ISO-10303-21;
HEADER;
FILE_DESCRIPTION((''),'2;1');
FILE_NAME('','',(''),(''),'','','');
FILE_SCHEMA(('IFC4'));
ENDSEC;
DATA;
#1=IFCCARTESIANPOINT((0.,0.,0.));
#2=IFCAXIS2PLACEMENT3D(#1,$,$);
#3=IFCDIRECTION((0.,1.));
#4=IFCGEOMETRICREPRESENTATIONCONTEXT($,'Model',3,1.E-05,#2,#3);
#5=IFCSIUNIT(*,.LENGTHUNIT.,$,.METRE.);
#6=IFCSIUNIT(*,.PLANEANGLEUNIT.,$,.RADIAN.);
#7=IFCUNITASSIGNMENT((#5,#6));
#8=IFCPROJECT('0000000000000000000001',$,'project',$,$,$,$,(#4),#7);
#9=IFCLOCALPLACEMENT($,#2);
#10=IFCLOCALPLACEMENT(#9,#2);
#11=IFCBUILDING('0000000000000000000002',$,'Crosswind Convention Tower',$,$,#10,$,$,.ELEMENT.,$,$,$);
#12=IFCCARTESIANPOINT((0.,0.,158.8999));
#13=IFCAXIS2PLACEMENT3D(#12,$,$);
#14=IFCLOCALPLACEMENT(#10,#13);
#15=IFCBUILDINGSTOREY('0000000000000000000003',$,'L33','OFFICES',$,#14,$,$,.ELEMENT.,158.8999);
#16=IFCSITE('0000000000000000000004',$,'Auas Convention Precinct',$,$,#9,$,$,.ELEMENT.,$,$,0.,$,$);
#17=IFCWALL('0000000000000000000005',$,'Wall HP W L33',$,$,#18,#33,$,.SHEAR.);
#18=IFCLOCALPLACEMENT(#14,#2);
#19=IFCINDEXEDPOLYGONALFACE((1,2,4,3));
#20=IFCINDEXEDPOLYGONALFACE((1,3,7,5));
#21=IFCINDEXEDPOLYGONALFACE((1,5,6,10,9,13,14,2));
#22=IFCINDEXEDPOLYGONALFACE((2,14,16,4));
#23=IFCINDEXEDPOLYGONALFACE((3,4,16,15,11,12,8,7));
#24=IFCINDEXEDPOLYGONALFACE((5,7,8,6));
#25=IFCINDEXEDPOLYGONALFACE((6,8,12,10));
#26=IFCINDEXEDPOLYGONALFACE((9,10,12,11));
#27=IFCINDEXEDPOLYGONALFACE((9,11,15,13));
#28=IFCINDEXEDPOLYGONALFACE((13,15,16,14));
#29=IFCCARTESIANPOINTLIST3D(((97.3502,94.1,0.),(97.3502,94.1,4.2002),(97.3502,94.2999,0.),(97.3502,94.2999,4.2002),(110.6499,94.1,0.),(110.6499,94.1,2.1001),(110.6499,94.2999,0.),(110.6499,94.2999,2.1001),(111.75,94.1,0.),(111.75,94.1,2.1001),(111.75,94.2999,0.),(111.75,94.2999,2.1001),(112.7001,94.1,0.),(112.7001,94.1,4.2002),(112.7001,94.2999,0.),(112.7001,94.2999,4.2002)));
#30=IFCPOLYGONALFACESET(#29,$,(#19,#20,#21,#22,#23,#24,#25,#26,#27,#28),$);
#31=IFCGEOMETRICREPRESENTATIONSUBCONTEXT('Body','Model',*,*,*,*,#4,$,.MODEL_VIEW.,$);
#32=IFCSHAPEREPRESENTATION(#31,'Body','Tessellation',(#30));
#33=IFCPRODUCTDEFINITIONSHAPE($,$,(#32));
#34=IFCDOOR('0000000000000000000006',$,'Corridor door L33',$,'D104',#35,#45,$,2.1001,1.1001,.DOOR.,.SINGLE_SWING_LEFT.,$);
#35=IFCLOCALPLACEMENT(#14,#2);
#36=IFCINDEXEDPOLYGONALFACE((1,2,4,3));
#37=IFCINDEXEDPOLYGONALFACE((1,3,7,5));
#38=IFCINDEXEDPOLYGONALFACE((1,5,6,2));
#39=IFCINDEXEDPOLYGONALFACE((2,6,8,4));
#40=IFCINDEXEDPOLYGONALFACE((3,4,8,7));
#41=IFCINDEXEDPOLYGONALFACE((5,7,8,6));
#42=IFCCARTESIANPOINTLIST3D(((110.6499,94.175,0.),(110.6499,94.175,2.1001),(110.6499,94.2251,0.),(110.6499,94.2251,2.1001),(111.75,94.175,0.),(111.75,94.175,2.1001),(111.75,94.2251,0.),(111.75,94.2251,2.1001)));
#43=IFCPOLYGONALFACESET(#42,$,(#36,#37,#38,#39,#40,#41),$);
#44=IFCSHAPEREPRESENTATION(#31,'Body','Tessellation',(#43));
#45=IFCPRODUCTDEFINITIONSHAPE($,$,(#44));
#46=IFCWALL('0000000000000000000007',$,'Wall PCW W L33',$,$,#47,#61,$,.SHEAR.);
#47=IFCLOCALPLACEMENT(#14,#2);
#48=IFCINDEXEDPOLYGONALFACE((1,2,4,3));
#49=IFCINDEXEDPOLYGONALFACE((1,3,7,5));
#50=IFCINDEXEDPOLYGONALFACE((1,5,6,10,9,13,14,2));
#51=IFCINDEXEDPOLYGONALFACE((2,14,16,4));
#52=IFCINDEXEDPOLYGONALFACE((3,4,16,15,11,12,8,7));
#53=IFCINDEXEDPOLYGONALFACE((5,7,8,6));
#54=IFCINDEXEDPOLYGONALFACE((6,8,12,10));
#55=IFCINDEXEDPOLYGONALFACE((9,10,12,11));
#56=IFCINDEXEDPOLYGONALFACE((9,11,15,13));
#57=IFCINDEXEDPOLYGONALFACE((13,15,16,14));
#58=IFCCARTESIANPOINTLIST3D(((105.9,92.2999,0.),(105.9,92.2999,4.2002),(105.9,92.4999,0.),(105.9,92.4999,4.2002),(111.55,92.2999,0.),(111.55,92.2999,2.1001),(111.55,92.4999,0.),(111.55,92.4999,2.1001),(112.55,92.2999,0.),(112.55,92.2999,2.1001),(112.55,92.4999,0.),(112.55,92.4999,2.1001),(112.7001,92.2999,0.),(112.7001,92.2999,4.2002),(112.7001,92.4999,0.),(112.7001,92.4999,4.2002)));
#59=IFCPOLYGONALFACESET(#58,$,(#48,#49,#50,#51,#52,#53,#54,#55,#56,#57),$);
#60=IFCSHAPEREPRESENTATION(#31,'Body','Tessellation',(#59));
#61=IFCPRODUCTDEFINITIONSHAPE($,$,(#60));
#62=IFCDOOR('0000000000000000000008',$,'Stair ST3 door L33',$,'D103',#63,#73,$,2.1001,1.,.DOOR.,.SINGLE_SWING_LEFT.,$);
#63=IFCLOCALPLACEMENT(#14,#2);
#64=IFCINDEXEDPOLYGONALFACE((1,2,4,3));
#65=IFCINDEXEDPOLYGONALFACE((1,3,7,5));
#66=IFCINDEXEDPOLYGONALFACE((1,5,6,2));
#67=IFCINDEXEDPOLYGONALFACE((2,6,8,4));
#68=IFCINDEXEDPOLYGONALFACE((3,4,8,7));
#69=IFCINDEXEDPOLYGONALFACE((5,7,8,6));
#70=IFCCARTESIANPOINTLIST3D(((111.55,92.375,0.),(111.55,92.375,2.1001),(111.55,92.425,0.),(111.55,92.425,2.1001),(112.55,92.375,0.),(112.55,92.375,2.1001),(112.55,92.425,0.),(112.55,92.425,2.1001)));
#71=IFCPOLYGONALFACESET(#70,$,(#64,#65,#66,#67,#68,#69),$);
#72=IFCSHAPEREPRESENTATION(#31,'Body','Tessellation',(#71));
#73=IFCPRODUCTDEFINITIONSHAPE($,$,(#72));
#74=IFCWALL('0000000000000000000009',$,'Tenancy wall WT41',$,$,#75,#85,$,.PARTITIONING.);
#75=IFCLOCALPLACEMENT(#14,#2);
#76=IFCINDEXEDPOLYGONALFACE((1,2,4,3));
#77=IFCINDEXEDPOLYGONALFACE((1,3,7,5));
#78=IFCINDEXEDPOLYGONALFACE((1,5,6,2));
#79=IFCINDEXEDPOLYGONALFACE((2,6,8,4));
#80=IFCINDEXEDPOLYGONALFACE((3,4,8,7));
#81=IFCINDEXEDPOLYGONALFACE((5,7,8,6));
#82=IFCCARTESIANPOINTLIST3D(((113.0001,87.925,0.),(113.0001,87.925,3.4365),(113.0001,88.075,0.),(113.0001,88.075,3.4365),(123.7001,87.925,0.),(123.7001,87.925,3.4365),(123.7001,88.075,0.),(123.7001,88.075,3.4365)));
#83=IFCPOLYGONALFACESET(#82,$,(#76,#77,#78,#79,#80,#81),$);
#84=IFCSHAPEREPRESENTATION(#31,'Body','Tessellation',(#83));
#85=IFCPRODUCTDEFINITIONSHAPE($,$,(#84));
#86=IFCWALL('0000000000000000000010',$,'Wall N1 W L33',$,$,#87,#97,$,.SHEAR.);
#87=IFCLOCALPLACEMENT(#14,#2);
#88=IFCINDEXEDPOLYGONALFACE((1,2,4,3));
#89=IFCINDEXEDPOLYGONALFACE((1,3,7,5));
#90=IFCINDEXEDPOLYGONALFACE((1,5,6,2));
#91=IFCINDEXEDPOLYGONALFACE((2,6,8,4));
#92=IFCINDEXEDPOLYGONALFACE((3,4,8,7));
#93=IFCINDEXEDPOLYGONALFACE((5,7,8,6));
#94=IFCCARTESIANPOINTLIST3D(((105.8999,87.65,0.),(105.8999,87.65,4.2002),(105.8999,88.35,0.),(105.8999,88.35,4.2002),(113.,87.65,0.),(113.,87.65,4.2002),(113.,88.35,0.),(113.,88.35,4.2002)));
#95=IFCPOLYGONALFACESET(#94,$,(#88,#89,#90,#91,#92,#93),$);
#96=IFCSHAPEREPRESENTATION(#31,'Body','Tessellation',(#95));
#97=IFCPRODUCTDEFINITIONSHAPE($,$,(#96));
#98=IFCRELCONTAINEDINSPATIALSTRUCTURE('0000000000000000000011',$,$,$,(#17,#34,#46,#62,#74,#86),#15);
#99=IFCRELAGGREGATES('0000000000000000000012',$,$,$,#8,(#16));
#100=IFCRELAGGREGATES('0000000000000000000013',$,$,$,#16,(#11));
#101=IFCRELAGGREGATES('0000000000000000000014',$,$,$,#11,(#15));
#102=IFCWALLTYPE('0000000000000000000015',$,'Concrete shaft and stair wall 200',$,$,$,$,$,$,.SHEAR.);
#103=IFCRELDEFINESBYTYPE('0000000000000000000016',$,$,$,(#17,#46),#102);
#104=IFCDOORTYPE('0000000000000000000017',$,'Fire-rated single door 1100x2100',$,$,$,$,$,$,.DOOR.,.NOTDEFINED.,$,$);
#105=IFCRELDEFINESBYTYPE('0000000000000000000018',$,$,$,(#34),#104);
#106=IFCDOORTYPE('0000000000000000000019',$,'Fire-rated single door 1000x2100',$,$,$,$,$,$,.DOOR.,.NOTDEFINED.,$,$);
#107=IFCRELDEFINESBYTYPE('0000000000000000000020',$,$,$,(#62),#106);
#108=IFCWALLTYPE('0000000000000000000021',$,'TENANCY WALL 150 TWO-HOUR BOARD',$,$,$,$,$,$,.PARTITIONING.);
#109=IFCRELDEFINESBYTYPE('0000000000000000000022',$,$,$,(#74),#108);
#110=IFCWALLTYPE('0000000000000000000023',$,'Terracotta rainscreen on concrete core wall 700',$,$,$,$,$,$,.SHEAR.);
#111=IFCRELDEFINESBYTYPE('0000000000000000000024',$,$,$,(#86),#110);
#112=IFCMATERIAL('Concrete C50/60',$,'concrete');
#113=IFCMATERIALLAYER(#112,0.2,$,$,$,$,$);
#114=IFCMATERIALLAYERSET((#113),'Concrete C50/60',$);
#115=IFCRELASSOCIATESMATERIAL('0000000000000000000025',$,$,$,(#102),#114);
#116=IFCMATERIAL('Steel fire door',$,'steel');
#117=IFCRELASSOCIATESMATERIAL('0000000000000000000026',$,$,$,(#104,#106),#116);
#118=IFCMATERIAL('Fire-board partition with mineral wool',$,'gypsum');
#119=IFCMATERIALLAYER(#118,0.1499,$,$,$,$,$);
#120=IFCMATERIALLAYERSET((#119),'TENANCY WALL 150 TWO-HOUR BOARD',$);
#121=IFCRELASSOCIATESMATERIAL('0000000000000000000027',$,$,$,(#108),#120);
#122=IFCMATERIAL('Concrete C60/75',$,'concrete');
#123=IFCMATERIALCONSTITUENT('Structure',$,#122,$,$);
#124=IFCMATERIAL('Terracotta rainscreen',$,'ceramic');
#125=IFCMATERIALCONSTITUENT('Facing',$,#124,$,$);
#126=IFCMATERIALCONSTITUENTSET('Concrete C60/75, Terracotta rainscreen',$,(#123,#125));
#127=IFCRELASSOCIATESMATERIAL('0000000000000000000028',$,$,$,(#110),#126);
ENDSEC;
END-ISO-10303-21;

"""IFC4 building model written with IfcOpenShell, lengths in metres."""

from ifc_helpers import new_model, si_unit, direction, frame, frame_2d, origin, place, context, subcontext, project, spatial, rectangle, extrude, material, layer, layer_set, constituent, constituent_set, type_object, element, fill, save


model = new_model("IFC4")

# Units and contexts
model_context = context("Model", 3, precision=1e-05, world=origin(), true_north=direction((0.0, 1.0)))
body_context = subcontext(model_context, "Body", "Model", "MODEL_VIEW")
ifc_project = project(units=[si_unit("LENGTHUNIT", "METRE"), si_unit("PLANEANGLEUNIT", "RADIAN")], contexts=[model_context])

# Site, building, storey
site_placement = place(None, origin())
site = spatial("IfcSite", under=ifc_project, at=site_placement, Name="Auas Convention Precinct", CompositionType="ELEMENT", RefElevation=0.0)
building_placement = place(site_placement, origin())
building = spatial("IfcBuilding", under=site, at=building_placement, Name="Crosswind Convention Tower", CompositionType="ELEMENT")
storey_placement = place(building_placement, frame((0.0, 0.0, 158.8999)))
storey = spatial("IfcBuildingStorey", under=building, at=storey_placement, Name="L33", Description="OFFICES", CompositionType="ELEMENT", Elevation=158.8999)

# Shared definitions
ifc_material_1 = material(Name="Concrete C50/60", Category="concrete")

# Walls, openings, doors
ifc_layer_1 = layer(ifc_material_1, 0.2)
ifc_layer_set_1 = layer_set([ifc_layer_1], Name="Concrete C50/60")
wall_type_1 = type_object("IfcWallType", Name="Concrete shaft and stair wall 200", PredefinedType="SHEAR", material=ifc_layer_set_1)
wall_1_placement = place(storey_placement, frame((112.7, 94.2, 0.0), z_axis=(0.0, 0.0, 1.0), x_axis=(-1.0, 0.0, 0.0)))
wall_1 = element("IfcWall", 1, at=wall_1_placement, inside=storey, type_object=wall_type_1, Name="Wall HP W L33", PredefinedType="SHEAR", context=body_context, shape_type="SweptSolid", body=[
    extrude(rectangle(XDim=15.3499, YDim=0.2, at=frame_2d((7.6748, 0.0))), origin(), (0.0, 0.0, 1.0), 4.2002),
])
opening_1_placement = place(wall_1_placement, frame((0.95, 0.0, 0.0)))
opening_1 = element("IfcOpeningElement", 2, at=opening_1_placement, cuts=wall_1, PredefinedType="OPENING", context=body_context, shape_type="SweptSolid", body=[
    extrude(rectangle(XDim=1.1001, YDim=2.1001, at=frame_2d((0.55, 1.05))), frame((0.0, 0.1099, 0.0), z_axis=(0.0, -1.0, 0.0), x_axis=(1.0, 0.0, 0.0)), (0.0, 0.0, 1.0), 0.22),
])
ifc_material_2 = material(Name="Steel fire door", Category="steel")
door_type_1 = type_object("IfcDoorType", Name="Fire-rated single door 1100x2100", OperationType="NOTDEFINED", PredefinedType="DOOR", material=ifc_material_2)
door_1_placement = place(opening_1_placement, origin())
door_1 = element("IfcDoor", 3, at=door_1_placement, inside=storey, type_object=door_type_1, Name="Corridor door L33", ObjectType="D104", OperationType="SINGLE_SWING_LEFT", OverallHeight=2.1001, OverallWidth=1.1001, PredefinedType="DOOR", context=body_context, shape_type="SweptSolid", body=[
    extrude(rectangle(XDim=1.1001, YDim=2.1001, at=frame_2d((0.55, 1.05))), frame((0.0, 0.0249, 0.0), z_axis=(0.0, -1.0, 0.0), x_axis=(1.0, 0.0, 0.0)), (0.0, 0.0, 1.0), 0.05),
])
fill(opening_1, door_1)
wall_2_placement = place(storey_placement, frame((112.7, 92.3999, 0.0), z_axis=(0.0, 0.0, 1.0), x_axis=(-1.0, 0.0, 0.0)))
wall_2 = element("IfcWall", 4, at=wall_2_placement, inside=storey, type_object=wall_type_1, Name="Wall PCW W L33", PredefinedType="SHEAR", context=body_context, shape_type="SweptSolid", body=[
    extrude(rectangle(XDim=6.8, YDim=0.2, at=frame_2d((3.3999, 0.0))), origin(), (0.0, 0.0, 1.0), 4.2002),
])
opening_2_placement = place(wall_2_placement, frame((0.1499, 0.0, 0.0)))
opening_2 = element("IfcOpeningElement", 5, at=opening_2_placement, cuts=wall_2, PredefinedType="OPENING", context=body_context, shape_type="SweptSolid", body=[
    extrude(rectangle(XDim=1.0, YDim=2.1001, at=frame_2d((0.5, 1.05))), frame((0.0, 0.1099, 0.0), z_axis=(0.0, -1.0, 0.0), x_axis=(1.0, 0.0, 0.0)), (0.0, 0.0, 1.0), 0.22),
])
door_type_2 = type_object("IfcDoorType", Name="Fire-rated single door 1000x2100", OperationType="NOTDEFINED", PredefinedType="DOOR", material=ifc_material_2)
door_2_placement = place(opening_2_placement, origin())
door_2 = element("IfcDoor", 6, at=door_2_placement, inside=storey, type_object=door_type_2, Name="Stair ST3 door L33", ObjectType="D103", OperationType="SINGLE_SWING_LEFT", OverallHeight=2.1001, OverallWidth=1.0, PredefinedType="DOOR", context=body_context, shape_type="SweptSolid", body=[
    extrude(rectangle(XDim=1.0, YDim=2.1001, at=frame_2d((0.5, 1.05))), frame((0.0, 0.0249, 0.0), z_axis=(0.0, -1.0, 0.0), x_axis=(1.0, 0.0, 0.0)), (0.0, 0.0, 1.0), 0.05),
])
fill(opening_2, door_2)

# Walls
ifc_material_3 = material(Name="Fire-board partition with mineral wool", Category="gypsum")
ifc_layer_2 = layer(ifc_material_3, 0.1499)
ifc_layer_set_2 = layer_set([ifc_layer_2], Name="TENANCY WALL 150 TWO-HOUR BOARD")
wall_type_2 = type_object("IfcWallType", Name="TENANCY WALL 150 TWO-HOUR BOARD", PredefinedType="PARTITIONING", material=ifc_layer_set_2)
wall_3_placement = place(storey_placement, frame((113.0, 88.0, 0.0), z_axis=(0.0, 0.0, 1.0), x_axis=(1.0, 0.0, 0.0)))
element("IfcWall", 7, at=wall_3_placement, inside=storey, type_object=wall_type_2, Name="Tenancy wall WT41", PredefinedType="PARTITIONING", context=body_context, shape_type="SweptSolid", body=[
    extrude(rectangle(XDim=10.7, YDim=0.1499, at=frame_2d((5.3501, 0.0))), origin(), (0.0, 0.0, 1.0), 3.4365),
])
ifc_material_4 = material(Name="Concrete C60/75", Category="concrete")
ifc_constituent_1 = constituent(ifc_material_4, Name="Structure")
ifc_material_5 = material(Name="Terracotta rainscreen", Category="ceramic")
ifc_constituent_2 = constituent(ifc_material_5, Name="Facing")
ifc_constituent_set = constituent_set(constituents=[ifc_constituent_1, ifc_constituent_2], Name="Concrete C60/75, Terracotta rainscreen")
wall_type_3 = type_object("IfcWallType", Name="Terracotta rainscreen on concrete core wall 700", PredefinedType="SHEAR", material=ifc_constituent_set)
wall_4_placement = place(storey_placement, frame((113.0, 88.0, 0.0), z_axis=(0.0, 0.0, 1.0), x_axis=(-1.0, 0.0, 0.0)))
element("IfcWall", 8, at=wall_4_placement, inside=storey, type_object=wall_type_3, Name="Wall N1 W L33", PredefinedType="SHEAR", context=body_context, shape_type="SweptSolid", body=[
    extrude(rectangle(XDim=7.1001, YDim=0.7, at=frame_2d((3.55, 0.0))), origin(), (0.0, 0.0, 1.0), 4.2002),
])

save(model, "model.ifc")
